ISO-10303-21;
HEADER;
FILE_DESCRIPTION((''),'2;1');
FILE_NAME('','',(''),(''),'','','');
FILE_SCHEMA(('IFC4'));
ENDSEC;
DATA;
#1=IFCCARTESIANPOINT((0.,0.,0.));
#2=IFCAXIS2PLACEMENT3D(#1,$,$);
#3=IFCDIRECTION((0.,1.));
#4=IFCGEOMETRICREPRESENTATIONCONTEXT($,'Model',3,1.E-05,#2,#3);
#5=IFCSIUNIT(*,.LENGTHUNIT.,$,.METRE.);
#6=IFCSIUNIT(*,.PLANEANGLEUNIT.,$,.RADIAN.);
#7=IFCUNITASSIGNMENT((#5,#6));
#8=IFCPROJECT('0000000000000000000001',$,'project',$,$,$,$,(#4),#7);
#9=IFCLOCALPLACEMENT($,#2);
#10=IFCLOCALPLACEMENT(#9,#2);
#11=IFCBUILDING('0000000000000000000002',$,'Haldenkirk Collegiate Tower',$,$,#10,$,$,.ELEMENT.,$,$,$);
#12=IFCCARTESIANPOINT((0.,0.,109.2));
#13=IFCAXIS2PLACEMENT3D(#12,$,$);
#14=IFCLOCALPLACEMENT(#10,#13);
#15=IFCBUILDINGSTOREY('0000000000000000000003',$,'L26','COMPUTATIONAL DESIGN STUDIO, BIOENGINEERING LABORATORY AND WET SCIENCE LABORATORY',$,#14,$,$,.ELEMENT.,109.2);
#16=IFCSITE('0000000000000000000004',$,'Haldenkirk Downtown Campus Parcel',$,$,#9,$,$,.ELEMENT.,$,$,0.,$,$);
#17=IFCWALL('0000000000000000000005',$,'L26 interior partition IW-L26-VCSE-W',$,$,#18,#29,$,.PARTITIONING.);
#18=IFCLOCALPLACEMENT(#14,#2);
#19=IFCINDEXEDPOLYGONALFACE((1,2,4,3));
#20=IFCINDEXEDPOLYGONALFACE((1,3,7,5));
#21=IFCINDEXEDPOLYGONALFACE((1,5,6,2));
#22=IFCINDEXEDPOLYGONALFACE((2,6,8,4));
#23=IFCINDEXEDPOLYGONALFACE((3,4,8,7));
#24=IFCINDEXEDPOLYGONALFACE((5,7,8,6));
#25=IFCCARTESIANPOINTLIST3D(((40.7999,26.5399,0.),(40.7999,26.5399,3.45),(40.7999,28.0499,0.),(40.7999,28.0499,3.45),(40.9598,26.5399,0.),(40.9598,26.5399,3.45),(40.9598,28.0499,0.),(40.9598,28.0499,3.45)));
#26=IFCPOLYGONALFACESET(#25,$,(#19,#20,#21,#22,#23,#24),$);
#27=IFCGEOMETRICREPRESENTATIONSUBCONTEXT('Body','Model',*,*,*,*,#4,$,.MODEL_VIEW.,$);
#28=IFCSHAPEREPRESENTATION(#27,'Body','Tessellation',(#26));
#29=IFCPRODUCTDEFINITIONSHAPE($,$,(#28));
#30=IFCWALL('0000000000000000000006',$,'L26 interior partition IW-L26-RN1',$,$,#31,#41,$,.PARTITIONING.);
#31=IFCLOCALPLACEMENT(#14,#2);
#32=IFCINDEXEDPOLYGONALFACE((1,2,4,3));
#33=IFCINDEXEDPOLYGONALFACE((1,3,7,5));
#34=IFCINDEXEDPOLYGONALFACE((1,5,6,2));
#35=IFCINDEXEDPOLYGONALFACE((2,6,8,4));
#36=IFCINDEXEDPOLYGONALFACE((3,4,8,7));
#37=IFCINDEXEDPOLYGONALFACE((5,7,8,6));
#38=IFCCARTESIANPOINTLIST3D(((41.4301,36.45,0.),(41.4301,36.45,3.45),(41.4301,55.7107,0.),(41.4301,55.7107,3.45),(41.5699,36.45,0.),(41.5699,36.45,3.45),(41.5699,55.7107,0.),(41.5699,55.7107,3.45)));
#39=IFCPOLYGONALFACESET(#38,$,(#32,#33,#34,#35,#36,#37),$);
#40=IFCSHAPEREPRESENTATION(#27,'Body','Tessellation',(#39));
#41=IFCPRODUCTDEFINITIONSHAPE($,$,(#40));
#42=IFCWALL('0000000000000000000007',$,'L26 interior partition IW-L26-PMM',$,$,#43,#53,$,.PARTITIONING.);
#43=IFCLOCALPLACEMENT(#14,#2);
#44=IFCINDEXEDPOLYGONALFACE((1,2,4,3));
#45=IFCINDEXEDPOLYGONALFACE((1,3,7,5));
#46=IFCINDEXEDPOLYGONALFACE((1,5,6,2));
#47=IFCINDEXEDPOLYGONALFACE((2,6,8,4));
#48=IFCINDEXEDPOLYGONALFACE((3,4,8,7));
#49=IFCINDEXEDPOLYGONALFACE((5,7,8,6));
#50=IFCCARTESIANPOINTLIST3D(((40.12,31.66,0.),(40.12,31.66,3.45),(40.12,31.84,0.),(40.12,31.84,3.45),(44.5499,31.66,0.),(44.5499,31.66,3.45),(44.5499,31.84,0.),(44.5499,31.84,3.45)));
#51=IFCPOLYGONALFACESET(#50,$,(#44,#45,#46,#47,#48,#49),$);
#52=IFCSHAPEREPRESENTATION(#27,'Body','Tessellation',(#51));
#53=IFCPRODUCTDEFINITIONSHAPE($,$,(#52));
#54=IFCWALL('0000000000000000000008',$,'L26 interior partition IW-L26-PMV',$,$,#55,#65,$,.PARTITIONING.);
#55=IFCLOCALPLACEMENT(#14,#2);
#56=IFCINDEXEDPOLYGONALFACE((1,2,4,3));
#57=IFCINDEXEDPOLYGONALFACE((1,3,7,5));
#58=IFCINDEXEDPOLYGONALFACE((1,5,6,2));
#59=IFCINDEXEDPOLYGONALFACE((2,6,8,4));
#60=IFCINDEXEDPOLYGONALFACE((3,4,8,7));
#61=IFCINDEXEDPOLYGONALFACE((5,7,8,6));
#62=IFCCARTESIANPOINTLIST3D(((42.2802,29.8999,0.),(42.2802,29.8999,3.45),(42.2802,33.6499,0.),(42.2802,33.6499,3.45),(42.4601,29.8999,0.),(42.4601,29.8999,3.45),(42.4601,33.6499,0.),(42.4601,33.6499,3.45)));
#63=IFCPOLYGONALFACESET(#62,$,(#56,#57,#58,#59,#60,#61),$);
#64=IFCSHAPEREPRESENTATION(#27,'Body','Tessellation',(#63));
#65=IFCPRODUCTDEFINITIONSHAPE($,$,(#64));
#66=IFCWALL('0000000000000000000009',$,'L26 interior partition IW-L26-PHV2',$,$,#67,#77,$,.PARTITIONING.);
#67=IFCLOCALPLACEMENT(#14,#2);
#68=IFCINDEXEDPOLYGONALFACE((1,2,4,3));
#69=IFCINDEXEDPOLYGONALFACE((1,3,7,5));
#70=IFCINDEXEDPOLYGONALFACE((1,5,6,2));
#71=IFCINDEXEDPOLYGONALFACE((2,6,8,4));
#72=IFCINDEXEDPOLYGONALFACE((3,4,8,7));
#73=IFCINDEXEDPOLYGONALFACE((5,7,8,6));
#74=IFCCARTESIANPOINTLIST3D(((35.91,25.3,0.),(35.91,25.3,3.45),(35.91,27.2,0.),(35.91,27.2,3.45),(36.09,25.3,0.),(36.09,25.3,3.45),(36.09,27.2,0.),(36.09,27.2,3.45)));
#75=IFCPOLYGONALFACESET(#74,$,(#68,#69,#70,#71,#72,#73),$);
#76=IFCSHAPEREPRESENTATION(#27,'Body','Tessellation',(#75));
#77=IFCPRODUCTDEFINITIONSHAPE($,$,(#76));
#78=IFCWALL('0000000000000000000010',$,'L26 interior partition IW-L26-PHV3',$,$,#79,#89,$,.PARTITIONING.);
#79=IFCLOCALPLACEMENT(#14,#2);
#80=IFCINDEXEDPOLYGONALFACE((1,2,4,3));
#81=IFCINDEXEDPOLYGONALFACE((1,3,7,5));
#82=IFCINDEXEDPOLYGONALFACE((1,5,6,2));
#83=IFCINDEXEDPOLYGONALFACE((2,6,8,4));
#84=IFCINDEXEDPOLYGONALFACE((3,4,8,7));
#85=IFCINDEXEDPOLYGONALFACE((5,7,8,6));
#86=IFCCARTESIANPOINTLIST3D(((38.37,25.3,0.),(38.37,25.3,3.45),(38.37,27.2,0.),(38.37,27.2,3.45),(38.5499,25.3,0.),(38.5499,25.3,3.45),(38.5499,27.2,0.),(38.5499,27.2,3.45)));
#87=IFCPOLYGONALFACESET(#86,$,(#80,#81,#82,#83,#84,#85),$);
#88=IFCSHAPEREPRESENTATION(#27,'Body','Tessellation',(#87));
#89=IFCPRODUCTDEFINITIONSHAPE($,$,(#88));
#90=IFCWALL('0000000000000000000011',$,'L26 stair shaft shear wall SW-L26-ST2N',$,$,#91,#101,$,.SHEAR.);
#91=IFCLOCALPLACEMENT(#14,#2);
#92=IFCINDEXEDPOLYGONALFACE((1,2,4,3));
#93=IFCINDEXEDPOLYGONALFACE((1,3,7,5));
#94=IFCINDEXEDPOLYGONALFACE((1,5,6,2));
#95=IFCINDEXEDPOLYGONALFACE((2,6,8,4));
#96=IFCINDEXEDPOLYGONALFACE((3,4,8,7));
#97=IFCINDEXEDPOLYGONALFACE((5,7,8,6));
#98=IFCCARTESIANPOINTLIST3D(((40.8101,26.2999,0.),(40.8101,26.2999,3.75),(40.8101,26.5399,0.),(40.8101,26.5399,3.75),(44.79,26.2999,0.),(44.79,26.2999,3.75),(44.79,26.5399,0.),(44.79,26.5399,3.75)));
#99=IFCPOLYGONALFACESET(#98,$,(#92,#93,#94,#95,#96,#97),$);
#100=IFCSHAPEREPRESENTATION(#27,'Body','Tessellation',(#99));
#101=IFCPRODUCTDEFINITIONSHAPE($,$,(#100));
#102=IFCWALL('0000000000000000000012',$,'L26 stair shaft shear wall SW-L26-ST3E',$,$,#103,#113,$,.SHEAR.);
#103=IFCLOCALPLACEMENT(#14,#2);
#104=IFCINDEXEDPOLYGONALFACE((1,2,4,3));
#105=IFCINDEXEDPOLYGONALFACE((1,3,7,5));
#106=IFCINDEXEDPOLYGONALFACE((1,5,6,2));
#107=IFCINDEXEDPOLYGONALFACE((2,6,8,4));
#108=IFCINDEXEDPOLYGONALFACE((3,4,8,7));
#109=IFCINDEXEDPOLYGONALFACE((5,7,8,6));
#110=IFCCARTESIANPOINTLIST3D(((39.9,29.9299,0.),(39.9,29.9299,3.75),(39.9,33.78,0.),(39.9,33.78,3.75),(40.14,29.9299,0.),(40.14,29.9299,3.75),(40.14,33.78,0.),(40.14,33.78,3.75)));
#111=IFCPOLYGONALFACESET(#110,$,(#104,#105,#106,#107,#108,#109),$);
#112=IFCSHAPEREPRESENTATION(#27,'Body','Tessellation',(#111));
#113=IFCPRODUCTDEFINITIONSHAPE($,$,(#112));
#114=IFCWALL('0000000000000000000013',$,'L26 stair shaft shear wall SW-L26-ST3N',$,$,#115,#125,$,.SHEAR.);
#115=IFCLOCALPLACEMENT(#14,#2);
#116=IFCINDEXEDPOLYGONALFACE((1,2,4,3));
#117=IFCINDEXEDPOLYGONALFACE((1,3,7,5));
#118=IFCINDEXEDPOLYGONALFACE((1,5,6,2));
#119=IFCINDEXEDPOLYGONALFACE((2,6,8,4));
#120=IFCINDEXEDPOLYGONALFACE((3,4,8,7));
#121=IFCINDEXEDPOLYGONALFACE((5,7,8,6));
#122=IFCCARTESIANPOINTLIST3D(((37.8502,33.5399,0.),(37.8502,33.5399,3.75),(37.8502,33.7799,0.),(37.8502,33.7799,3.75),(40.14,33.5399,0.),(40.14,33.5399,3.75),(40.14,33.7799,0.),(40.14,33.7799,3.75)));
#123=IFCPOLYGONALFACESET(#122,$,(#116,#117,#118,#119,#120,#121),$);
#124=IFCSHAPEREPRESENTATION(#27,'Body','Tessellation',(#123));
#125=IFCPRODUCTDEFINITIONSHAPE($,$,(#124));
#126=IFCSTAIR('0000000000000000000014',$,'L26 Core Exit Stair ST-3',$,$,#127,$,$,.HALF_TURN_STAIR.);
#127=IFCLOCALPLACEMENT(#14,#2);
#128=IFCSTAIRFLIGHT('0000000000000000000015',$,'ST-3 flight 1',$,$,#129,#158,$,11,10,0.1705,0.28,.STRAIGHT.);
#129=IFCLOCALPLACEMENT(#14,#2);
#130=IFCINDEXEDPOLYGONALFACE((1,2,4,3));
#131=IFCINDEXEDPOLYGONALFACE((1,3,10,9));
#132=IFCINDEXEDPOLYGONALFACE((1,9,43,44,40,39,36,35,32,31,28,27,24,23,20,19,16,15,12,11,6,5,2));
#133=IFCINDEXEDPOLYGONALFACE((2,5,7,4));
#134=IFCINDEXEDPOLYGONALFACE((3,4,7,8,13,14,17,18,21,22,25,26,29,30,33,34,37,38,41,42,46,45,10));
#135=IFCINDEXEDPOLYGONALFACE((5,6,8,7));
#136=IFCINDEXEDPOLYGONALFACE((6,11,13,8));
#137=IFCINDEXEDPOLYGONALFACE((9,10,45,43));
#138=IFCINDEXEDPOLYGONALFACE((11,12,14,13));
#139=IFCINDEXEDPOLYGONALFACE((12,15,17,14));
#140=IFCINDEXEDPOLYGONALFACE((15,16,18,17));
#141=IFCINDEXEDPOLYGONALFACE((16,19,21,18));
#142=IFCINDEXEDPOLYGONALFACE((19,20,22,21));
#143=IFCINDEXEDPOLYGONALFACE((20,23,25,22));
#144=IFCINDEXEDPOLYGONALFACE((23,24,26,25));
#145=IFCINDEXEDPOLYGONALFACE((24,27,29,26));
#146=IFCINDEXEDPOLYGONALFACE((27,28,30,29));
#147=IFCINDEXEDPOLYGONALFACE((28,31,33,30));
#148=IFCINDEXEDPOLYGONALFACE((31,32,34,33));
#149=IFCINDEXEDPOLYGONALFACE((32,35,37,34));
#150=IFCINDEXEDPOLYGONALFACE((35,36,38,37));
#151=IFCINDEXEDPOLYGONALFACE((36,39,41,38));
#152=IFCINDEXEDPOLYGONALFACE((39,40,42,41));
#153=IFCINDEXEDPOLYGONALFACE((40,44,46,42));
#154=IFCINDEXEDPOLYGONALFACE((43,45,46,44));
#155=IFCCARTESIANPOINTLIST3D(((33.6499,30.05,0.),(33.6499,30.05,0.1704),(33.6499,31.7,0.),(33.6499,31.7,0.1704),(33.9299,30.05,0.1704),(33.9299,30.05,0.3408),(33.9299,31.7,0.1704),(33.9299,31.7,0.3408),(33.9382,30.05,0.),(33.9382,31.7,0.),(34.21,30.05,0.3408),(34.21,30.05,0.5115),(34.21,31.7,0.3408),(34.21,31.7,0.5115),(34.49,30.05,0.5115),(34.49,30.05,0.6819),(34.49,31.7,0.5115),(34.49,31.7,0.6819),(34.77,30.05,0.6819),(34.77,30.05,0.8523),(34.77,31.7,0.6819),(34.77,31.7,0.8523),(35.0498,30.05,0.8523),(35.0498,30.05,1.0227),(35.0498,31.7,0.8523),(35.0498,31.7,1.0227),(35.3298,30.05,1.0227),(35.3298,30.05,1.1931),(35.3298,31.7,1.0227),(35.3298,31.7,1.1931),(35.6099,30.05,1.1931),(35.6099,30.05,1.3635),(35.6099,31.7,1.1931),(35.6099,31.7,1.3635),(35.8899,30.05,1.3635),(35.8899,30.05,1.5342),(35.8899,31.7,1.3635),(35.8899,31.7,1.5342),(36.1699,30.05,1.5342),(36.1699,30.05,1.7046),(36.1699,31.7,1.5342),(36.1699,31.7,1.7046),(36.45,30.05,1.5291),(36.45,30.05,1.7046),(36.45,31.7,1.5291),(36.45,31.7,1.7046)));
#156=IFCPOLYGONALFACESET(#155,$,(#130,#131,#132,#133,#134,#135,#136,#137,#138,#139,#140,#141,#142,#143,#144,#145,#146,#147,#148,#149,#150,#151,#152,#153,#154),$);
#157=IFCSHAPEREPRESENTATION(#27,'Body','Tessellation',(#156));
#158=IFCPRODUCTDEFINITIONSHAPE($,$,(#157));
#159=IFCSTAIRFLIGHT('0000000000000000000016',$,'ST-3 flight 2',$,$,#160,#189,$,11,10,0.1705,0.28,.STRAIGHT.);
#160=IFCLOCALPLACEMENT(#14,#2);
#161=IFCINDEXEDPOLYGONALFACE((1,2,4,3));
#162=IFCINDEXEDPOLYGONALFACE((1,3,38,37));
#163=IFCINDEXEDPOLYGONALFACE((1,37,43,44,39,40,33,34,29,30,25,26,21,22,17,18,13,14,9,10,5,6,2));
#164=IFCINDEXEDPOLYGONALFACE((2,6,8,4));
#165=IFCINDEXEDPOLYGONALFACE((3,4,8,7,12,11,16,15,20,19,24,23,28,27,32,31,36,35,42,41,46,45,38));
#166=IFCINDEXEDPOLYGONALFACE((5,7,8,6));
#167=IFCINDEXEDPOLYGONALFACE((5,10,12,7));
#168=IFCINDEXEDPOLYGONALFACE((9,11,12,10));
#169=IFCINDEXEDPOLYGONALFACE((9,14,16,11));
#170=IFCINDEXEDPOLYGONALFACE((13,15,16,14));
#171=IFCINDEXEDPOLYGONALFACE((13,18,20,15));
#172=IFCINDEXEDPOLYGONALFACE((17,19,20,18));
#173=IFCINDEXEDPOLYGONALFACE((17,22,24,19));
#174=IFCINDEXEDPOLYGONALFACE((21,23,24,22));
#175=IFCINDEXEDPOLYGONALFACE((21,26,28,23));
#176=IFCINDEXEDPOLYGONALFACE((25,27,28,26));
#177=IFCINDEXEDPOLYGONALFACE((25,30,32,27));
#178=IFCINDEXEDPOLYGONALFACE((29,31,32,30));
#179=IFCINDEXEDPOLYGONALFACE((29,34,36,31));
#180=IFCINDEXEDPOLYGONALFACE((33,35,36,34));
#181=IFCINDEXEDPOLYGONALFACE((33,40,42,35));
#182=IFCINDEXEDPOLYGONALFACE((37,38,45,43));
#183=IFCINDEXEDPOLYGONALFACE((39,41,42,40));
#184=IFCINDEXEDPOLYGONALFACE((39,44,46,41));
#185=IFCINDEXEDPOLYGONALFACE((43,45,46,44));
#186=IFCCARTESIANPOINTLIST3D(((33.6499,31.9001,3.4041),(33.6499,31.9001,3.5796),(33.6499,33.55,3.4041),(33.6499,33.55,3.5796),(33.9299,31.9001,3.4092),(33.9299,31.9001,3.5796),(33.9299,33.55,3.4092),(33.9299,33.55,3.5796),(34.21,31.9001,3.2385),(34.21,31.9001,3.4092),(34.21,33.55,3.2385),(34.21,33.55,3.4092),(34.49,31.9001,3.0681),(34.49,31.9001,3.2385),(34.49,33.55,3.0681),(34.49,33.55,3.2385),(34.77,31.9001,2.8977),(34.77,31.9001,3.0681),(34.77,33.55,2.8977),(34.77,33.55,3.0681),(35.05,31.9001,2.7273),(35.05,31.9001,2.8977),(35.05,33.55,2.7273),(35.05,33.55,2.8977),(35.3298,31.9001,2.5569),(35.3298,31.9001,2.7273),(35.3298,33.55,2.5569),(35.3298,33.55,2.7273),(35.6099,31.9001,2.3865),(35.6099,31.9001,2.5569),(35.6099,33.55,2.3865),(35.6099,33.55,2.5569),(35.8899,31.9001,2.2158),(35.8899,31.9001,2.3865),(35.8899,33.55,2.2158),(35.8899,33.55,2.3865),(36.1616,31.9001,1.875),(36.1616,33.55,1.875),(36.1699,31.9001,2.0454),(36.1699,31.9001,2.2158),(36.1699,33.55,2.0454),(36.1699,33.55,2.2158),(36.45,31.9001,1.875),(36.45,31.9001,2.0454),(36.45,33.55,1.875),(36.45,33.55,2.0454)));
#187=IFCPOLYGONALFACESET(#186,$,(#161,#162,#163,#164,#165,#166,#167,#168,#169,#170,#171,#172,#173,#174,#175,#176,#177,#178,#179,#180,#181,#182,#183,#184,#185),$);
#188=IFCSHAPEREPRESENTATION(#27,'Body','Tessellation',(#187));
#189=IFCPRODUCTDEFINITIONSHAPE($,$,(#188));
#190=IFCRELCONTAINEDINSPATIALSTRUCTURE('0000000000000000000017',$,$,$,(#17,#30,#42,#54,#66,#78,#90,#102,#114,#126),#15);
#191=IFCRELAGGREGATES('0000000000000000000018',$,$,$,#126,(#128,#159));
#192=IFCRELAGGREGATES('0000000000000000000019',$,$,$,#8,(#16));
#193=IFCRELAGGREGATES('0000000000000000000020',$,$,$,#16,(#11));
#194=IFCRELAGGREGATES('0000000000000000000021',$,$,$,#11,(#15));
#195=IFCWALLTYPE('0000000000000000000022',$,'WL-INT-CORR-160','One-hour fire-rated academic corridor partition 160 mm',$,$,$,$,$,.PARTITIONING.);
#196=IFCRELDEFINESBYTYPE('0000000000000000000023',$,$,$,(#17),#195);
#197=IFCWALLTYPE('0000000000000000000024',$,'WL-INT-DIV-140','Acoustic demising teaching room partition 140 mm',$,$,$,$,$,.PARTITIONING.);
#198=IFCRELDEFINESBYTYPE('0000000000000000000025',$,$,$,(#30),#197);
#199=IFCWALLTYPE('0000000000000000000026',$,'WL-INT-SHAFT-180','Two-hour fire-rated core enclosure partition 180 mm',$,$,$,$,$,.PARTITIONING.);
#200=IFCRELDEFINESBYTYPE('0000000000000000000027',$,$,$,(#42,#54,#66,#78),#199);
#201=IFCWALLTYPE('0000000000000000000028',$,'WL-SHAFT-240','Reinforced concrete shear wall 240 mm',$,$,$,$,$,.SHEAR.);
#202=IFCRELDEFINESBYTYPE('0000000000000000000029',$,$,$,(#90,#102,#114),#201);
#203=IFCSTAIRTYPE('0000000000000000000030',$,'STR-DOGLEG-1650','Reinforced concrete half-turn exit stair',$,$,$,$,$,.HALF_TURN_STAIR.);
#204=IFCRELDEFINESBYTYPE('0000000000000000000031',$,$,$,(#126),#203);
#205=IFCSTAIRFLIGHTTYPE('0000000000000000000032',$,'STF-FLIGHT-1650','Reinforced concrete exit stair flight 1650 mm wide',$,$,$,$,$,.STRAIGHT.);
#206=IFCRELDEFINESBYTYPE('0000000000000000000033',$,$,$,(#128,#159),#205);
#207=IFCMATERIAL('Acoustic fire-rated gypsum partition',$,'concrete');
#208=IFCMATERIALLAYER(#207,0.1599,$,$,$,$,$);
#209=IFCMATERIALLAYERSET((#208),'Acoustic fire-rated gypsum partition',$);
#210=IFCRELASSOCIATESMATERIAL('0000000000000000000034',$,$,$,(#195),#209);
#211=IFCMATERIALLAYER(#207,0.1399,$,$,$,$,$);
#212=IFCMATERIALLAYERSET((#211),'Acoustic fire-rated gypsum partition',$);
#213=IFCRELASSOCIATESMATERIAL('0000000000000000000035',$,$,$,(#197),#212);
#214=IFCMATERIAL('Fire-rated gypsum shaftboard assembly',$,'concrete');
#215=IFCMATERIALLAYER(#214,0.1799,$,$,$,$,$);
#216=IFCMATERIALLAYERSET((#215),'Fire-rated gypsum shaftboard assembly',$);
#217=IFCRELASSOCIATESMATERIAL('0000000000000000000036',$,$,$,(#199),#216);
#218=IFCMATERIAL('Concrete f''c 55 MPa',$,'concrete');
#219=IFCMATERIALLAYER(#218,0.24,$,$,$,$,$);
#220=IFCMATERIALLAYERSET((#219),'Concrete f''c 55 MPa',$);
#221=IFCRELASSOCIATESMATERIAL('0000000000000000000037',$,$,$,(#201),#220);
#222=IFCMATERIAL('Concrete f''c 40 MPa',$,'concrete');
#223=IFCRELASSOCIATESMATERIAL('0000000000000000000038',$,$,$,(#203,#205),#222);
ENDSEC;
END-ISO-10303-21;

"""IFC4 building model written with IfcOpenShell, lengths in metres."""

from ifc_helpers import new_model, si_unit, direction, frame, frame_2d, origin, place, context, subcontext, project, spatial, polyline, rectangle, outline, extrude, material, layer, layer_set, type_object, element, aggregate, save


model = new_model("IFC4")

# Units and contexts
model_context = context("Model", 3, precision=1e-05, world=origin(), true_north=direction((0.0, 1.0)))
body_context = subcontext(model_context, "Body", "Model", "MODEL_VIEW")
ifc_project = project(units=[si_unit("LENGTHUNIT", "METRE"), si_unit("PLANEANGLEUNIT", "RADIAN")], contexts=[model_context])

# Site, building, storey
site_placement = place(None, origin())
site = spatial("IfcSite", under=ifc_project, at=site_placement, Name="Haldenkirk Downtown Campus Parcel", CompositionType="ELEMENT", RefElevation=0.0)
building_placement = place(site_placement, origin())
building = spatial("IfcBuilding", under=site, at=building_placement, Name="Haldenkirk Collegiate Tower", CompositionType="ELEMENT")
storey_placement = place(building_placement, frame((0.0, 0.0, 109.2)))
storey = spatial("IfcBuildingStorey", under=building, at=storey_placement, Name="L26", Description="COMPUTATIONAL DESIGN STUDIO, BIOENGINEERING LABORATORY AND WET SCIENCE LABORATORY", CompositionType="ELEMENT", Elevation=109.2)

# Shared definitions
ifc_material_1 = material(Name="Acoustic fire-rated gypsum partition", Category="concrete")
ifc_layer_1 = layer(ifc_material_1, 0.1599)
ifc_layer_set_1 = layer_set([ifc_layer_1], Name="Acoustic fire-rated gypsum partition")
wall_type_1 = type_object("IfcWallType", Name="WL-INT-CORR-160", Description="One-hour fire-rated academic corridor partition 160 mm", PredefinedType="PARTITIONING", material=ifc_layer_set_1)

# Walls
wall_1_placement = place(storey_placement, frame((40.8799, 26.54, 0.0), z_axis=(0.0, 0.0, 1.0), x_axis=(0.0, 1.0, 0.0)))
element("IfcWall", 1, at=wall_1_placement, inside=storey, type_object=wall_type_1, Name="L26 interior partition IW-L26-VCSE-W", PredefinedType="PARTITIONING", context=body_context, shape_type="SweptSolid", body=[
    extrude(rectangle(XDim=1.51, YDim=0.1599, at=frame_2d((0.7549, 0.0))), origin(), (0.0, 0.0, 1.0), 3.45),
])
ifc_layer_2 = layer(ifc_material_1, 0.1399)
ifc_layer_set_2 = layer_set([ifc_layer_2], Name="Acoustic fire-rated gypsum partition")
wall_type_2 = type_object("IfcWallType", Name="WL-INT-DIV-140", Description="Acoustic demising teaching room partition 140 mm", PredefinedType="PARTITIONING", material=ifc_layer_set_2)
wall_2_placement = place(storey_placement, frame((41.5, 36.45, 0.0), z_axis=(0.0, 0.0, 1.0), x_axis=(0.0, 1.0, 0.0)))
element("IfcWall", 2, at=wall_2_placement, inside=storey, type_object=wall_type_2, Name="L26 interior partition IW-L26-RN1", PredefinedType="PARTITIONING", context=body_context, shape_type="SweptSolid", body=[
    extrude(rectangle(XDim=19.2607, YDim=0.1399, at=frame_2d((9.6304, 0.0))), origin(), (0.0, 0.0, 1.0), 3.45),
])

# Shared definitions
ifc_material_2 = material(Name="Fire-rated gypsum shaftboard assembly", Category="concrete")
ifc_layer_3 = layer(ifc_material_2, 0.1799)
ifc_layer_set_3 = layer_set([ifc_layer_3], Name="Fire-rated gypsum shaftboard assembly")
wall_type_3 = type_object("IfcWallType", Name="WL-INT-SHAFT-180", Description="Two-hour fire-rated core enclosure partition 180 mm", PredefinedType="PARTITIONING", material=ifc_layer_set_3)

# Walls
wall_3_placement = place(storey_placement, frame((40.1201, 31.75, 0.0), z_axis=(0.0, 0.0, 1.0), x_axis=(1.0, 0.0, 0.0)))
element("IfcWall", 3, at=wall_3_placement, inside=storey, type_object=wall_type_3, Name="L26 interior partition IW-L26-PMM", PredefinedType="PARTITIONING", context=body_context, shape_type="SweptSolid", body=[
    extrude(rectangle(XDim=4.4299, YDim=0.1799, at=frame_2d((2.2148, 0.0))), origin(), (0.0, 0.0, 1.0), 3.45),
])
wall_4_placement = place(storey_placement, frame((42.3701, 29.8999, 0.0), z_axis=(0.0, 0.0, 1.0), x_axis=(0.0, 1.0, 0.0)))
element("IfcWall", 4, at=wall_4_placement, inside=storey, type_object=wall_type_3, Name="L26 interior partition IW-L26-PMV", PredefinedType="PARTITIONING", context=body_context, shape_type="SweptSolid", body=[
    extrude(rectangle(XDim=3.75, YDim=0.1799, at=frame_2d((1.875, 0.0))), origin(), (0.0, 0.0, 1.0), 3.45),
])
for number, where, z_axis, x_axis, name in (
    (5, (36.0, 25.3, 0.0), (0.0, 0.0, 1.0), (0.0, 1.0, 0.0), "L26 interior partition IW-L26-PHV2"),
    (6, (38.46, 25.3, 0.0), (0.0, 0.0, 1.0), (0.0, 1.0, 0.0), "L26 interior partition IW-L26-PHV3"),
):
    element("IfcWall", number, at=place(storey_placement, frame(where, z_axis=z_axis, x_axis=x_axis)), inside=storey, type_object=wall_type_3, Name=name, PredefinedType="PARTITIONING", context=body_context, shape_type="SweptSolid", body=[
        extrude(rectangle(XDim=1.8999, YDim=0.1799, at=frame_2d((0.95, 0.0))), origin(), (0.0, 0.0, 1.0), 3.45),
    ])
ifc_material_3 = material(Name="Concrete f'c 55 MPa", Category="concrete")
ifc_layer_4 = layer(ifc_material_3, 0.24)
ifc_layer_set_4 = layer_set([ifc_layer_4], Name="Concrete f'c 55 MPa")
wall_type_4 = type_object("IfcWallType", Name="WL-SHAFT-240", Description="Reinforced concrete shear wall 240 mm", PredefinedType="SHEAR", material=ifc_layer_set_4)
wall_5_placement = place(storey_placement, frame((40.8101, 26.4199, 0.0), z_axis=(0.0, 0.0, 1.0), x_axis=(1.0, 0.0, 0.0)))
element("IfcWall", 7, at=wall_5_placement, inside=storey, type_object=wall_type_4, Name="L26 stair shaft shear wall SW-L26-ST2N", PredefinedType="SHEAR", context=body_context, shape_type="SweptSolid", body=[
    extrude(rectangle(XDim=3.98, YDim=0.24, at=frame_2d((1.99, 0.0))), origin(), (0.0, 0.0, 1.0), 3.75),
])
wall_6_placement = place(storey_placement, frame((40.02, 29.9299, 0.0), z_axis=(0.0, 0.0, 1.0), x_axis=(0.0, 1.0, 0.0)))
element("IfcWall", 8, at=wall_6_placement, inside=storey, type_object=wall_type_4, Name="L26 stair shaft shear wall SW-L26-ST3E", PredefinedType="SHEAR", context=body_context, shape_type="SweptSolid", body=[
    extrude(rectangle(XDim=3.8501, YDim=0.24, at=frame_2d((1.925, 0.0))), origin(), (0.0, 0.0, 1.0), 3.75),
])
wall_7_placement = place(storey_placement, frame((37.8501, 33.6599, 0.0), z_axis=(0.0, 0.0, 1.0), x_axis=(1.0, 0.0, 0.0)))
element("IfcWall", 9, at=wall_7_placement, inside=storey, type_object=wall_type_4, Name="L26 stair shaft shear wall SW-L26-ST3N", PredefinedType="SHEAR", context=body_context, shape_type="SweptSolid", body=[
    extrude(rectangle(XDim=2.2898, YDim=0.24, at=frame_2d((1.145, 0.0))), origin(), (0.0, 0.0, 1.0), 3.75),
])

# Stair, stair flights
ifc_material_4 = material(Name="Concrete f'c 40 MPa", Category="concrete")
stair_type = type_object("IfcStairType", Name="STR-DOGLEG-1650", Description="Reinforced concrete half-turn exit stair", PredefinedType="HALF_TURN_STAIR", material=ifc_material_4)
stair_placement = place(storey_placement, origin())
stair = element("IfcStair", 10, at=stair_placement, inside=storey, type_object=stair_type, Name="L26 Core Exit Stair ST-3", PredefinedType="HALF_TURN_STAIR")
stair_flight_type = type_object("IfcStairFlightType", Name="STF-FLIGHT-1650", Description="Reinforced concrete exit stair flight 1650 mm wide", PredefinedType="STRAIGHT", material=ifc_material_4)
stair_flight_1_placement = place(storey_placement, frame((33.6499, 30.875, 0.0), z_axis=(0.0, 0.0, 1.0), x_axis=(1.0, 0.0, 0.0)))
stair_flight_1 = element("IfcStairFlight", 11, at=stair_flight_1_placement, type_object=stair_flight_type, Name="ST-3 flight 1", NumberOfRisers=11, NumberOfTreads=10, PredefinedType="STRAIGHT", RiserHeight=0.1705, TreadLength=0.28, context=body_context, shape_type="SweptSolid", body=[
    extrude(outline(polyline([(0.0, 0.0), (0.0, 0.1704), (0.28, 0.1704), (0.28, 0.3408), (0.5601, 0.3408), (0.5601, 0.5115), (0.8401, 0.5115), (0.8401, 0.6819), (1.1201, 0.6819), (1.1201, 0.8523), (1.3999, 0.8523), (1.3999, 1.0227), (1.6799, 1.0227), (1.6799, 1.1931), (1.96, 1.1931), (1.96, 1.3635), (2.24, 1.3635), (2.24, 1.5342), (2.52, 1.5342), (2.52, 1.7046), (2.8, 1.7046), (2.8, 1.875), (2.8, 1.5291), (0.2883, 0.0), (0.0, 0.0)])), frame((0.0, 0.825, 0.0), z_axis=(0.0, -1.0, 0.0), x_axis=(1.0, 0.0, 0.0)), (0.0, 0.0, 1.0), 1.6499),
])
stair_flight_2_placement = place(storey_placement, frame((36.45, 32.7251, 1.875), z_axis=(0.0, 0.0, 1.0), x_axis=(-1.0, 0.0, 0.0)))
stair_flight_2 = element("IfcStairFlight", 12, at=stair_flight_2_placement, type_object=stair_flight_type, Name="ST-3 flight 2", NumberOfRisers=11, NumberOfTreads=10, PredefinedType="STRAIGHT", RiserHeight=0.1705, TreadLength=0.28, context=body_context, shape_type="SweptSolid", body=[
    extrude(outline(polyline([(0.0, 0.0), (0.0, 0.1704), (0.28, 0.1704), (0.28, 0.3408), (0.5601, 0.3408), (0.5601, 0.5115), (0.8401, 0.5115), (0.8401, 0.6819), (1.1201, 0.6819), (1.1201, 0.8523), (1.3999, 0.8523), (1.3999, 1.0227), (1.6799, 1.0227), (1.6799, 1.1931), (1.96, 1.1931), (1.96, 1.3635), (2.24, 1.3635), (2.24, 1.5342), (2.52, 1.5342), (2.52, 1.7046), (2.8, 1.7046), (2.8, 1.875), (2.8, 1.5291), (0.2883, 0.0), (0.0, 0.0)])), frame((0.0, 0.825, 0.0), z_axis=(0.0, -1.0, 0.0), x_axis=(1.0, 0.0, 0.0)), (0.0, 0.0, 1.0), 1.6499),
])
aggregate(stair, [stair_flight_1, stair_flight_2])

save(model, "model.ifc")
